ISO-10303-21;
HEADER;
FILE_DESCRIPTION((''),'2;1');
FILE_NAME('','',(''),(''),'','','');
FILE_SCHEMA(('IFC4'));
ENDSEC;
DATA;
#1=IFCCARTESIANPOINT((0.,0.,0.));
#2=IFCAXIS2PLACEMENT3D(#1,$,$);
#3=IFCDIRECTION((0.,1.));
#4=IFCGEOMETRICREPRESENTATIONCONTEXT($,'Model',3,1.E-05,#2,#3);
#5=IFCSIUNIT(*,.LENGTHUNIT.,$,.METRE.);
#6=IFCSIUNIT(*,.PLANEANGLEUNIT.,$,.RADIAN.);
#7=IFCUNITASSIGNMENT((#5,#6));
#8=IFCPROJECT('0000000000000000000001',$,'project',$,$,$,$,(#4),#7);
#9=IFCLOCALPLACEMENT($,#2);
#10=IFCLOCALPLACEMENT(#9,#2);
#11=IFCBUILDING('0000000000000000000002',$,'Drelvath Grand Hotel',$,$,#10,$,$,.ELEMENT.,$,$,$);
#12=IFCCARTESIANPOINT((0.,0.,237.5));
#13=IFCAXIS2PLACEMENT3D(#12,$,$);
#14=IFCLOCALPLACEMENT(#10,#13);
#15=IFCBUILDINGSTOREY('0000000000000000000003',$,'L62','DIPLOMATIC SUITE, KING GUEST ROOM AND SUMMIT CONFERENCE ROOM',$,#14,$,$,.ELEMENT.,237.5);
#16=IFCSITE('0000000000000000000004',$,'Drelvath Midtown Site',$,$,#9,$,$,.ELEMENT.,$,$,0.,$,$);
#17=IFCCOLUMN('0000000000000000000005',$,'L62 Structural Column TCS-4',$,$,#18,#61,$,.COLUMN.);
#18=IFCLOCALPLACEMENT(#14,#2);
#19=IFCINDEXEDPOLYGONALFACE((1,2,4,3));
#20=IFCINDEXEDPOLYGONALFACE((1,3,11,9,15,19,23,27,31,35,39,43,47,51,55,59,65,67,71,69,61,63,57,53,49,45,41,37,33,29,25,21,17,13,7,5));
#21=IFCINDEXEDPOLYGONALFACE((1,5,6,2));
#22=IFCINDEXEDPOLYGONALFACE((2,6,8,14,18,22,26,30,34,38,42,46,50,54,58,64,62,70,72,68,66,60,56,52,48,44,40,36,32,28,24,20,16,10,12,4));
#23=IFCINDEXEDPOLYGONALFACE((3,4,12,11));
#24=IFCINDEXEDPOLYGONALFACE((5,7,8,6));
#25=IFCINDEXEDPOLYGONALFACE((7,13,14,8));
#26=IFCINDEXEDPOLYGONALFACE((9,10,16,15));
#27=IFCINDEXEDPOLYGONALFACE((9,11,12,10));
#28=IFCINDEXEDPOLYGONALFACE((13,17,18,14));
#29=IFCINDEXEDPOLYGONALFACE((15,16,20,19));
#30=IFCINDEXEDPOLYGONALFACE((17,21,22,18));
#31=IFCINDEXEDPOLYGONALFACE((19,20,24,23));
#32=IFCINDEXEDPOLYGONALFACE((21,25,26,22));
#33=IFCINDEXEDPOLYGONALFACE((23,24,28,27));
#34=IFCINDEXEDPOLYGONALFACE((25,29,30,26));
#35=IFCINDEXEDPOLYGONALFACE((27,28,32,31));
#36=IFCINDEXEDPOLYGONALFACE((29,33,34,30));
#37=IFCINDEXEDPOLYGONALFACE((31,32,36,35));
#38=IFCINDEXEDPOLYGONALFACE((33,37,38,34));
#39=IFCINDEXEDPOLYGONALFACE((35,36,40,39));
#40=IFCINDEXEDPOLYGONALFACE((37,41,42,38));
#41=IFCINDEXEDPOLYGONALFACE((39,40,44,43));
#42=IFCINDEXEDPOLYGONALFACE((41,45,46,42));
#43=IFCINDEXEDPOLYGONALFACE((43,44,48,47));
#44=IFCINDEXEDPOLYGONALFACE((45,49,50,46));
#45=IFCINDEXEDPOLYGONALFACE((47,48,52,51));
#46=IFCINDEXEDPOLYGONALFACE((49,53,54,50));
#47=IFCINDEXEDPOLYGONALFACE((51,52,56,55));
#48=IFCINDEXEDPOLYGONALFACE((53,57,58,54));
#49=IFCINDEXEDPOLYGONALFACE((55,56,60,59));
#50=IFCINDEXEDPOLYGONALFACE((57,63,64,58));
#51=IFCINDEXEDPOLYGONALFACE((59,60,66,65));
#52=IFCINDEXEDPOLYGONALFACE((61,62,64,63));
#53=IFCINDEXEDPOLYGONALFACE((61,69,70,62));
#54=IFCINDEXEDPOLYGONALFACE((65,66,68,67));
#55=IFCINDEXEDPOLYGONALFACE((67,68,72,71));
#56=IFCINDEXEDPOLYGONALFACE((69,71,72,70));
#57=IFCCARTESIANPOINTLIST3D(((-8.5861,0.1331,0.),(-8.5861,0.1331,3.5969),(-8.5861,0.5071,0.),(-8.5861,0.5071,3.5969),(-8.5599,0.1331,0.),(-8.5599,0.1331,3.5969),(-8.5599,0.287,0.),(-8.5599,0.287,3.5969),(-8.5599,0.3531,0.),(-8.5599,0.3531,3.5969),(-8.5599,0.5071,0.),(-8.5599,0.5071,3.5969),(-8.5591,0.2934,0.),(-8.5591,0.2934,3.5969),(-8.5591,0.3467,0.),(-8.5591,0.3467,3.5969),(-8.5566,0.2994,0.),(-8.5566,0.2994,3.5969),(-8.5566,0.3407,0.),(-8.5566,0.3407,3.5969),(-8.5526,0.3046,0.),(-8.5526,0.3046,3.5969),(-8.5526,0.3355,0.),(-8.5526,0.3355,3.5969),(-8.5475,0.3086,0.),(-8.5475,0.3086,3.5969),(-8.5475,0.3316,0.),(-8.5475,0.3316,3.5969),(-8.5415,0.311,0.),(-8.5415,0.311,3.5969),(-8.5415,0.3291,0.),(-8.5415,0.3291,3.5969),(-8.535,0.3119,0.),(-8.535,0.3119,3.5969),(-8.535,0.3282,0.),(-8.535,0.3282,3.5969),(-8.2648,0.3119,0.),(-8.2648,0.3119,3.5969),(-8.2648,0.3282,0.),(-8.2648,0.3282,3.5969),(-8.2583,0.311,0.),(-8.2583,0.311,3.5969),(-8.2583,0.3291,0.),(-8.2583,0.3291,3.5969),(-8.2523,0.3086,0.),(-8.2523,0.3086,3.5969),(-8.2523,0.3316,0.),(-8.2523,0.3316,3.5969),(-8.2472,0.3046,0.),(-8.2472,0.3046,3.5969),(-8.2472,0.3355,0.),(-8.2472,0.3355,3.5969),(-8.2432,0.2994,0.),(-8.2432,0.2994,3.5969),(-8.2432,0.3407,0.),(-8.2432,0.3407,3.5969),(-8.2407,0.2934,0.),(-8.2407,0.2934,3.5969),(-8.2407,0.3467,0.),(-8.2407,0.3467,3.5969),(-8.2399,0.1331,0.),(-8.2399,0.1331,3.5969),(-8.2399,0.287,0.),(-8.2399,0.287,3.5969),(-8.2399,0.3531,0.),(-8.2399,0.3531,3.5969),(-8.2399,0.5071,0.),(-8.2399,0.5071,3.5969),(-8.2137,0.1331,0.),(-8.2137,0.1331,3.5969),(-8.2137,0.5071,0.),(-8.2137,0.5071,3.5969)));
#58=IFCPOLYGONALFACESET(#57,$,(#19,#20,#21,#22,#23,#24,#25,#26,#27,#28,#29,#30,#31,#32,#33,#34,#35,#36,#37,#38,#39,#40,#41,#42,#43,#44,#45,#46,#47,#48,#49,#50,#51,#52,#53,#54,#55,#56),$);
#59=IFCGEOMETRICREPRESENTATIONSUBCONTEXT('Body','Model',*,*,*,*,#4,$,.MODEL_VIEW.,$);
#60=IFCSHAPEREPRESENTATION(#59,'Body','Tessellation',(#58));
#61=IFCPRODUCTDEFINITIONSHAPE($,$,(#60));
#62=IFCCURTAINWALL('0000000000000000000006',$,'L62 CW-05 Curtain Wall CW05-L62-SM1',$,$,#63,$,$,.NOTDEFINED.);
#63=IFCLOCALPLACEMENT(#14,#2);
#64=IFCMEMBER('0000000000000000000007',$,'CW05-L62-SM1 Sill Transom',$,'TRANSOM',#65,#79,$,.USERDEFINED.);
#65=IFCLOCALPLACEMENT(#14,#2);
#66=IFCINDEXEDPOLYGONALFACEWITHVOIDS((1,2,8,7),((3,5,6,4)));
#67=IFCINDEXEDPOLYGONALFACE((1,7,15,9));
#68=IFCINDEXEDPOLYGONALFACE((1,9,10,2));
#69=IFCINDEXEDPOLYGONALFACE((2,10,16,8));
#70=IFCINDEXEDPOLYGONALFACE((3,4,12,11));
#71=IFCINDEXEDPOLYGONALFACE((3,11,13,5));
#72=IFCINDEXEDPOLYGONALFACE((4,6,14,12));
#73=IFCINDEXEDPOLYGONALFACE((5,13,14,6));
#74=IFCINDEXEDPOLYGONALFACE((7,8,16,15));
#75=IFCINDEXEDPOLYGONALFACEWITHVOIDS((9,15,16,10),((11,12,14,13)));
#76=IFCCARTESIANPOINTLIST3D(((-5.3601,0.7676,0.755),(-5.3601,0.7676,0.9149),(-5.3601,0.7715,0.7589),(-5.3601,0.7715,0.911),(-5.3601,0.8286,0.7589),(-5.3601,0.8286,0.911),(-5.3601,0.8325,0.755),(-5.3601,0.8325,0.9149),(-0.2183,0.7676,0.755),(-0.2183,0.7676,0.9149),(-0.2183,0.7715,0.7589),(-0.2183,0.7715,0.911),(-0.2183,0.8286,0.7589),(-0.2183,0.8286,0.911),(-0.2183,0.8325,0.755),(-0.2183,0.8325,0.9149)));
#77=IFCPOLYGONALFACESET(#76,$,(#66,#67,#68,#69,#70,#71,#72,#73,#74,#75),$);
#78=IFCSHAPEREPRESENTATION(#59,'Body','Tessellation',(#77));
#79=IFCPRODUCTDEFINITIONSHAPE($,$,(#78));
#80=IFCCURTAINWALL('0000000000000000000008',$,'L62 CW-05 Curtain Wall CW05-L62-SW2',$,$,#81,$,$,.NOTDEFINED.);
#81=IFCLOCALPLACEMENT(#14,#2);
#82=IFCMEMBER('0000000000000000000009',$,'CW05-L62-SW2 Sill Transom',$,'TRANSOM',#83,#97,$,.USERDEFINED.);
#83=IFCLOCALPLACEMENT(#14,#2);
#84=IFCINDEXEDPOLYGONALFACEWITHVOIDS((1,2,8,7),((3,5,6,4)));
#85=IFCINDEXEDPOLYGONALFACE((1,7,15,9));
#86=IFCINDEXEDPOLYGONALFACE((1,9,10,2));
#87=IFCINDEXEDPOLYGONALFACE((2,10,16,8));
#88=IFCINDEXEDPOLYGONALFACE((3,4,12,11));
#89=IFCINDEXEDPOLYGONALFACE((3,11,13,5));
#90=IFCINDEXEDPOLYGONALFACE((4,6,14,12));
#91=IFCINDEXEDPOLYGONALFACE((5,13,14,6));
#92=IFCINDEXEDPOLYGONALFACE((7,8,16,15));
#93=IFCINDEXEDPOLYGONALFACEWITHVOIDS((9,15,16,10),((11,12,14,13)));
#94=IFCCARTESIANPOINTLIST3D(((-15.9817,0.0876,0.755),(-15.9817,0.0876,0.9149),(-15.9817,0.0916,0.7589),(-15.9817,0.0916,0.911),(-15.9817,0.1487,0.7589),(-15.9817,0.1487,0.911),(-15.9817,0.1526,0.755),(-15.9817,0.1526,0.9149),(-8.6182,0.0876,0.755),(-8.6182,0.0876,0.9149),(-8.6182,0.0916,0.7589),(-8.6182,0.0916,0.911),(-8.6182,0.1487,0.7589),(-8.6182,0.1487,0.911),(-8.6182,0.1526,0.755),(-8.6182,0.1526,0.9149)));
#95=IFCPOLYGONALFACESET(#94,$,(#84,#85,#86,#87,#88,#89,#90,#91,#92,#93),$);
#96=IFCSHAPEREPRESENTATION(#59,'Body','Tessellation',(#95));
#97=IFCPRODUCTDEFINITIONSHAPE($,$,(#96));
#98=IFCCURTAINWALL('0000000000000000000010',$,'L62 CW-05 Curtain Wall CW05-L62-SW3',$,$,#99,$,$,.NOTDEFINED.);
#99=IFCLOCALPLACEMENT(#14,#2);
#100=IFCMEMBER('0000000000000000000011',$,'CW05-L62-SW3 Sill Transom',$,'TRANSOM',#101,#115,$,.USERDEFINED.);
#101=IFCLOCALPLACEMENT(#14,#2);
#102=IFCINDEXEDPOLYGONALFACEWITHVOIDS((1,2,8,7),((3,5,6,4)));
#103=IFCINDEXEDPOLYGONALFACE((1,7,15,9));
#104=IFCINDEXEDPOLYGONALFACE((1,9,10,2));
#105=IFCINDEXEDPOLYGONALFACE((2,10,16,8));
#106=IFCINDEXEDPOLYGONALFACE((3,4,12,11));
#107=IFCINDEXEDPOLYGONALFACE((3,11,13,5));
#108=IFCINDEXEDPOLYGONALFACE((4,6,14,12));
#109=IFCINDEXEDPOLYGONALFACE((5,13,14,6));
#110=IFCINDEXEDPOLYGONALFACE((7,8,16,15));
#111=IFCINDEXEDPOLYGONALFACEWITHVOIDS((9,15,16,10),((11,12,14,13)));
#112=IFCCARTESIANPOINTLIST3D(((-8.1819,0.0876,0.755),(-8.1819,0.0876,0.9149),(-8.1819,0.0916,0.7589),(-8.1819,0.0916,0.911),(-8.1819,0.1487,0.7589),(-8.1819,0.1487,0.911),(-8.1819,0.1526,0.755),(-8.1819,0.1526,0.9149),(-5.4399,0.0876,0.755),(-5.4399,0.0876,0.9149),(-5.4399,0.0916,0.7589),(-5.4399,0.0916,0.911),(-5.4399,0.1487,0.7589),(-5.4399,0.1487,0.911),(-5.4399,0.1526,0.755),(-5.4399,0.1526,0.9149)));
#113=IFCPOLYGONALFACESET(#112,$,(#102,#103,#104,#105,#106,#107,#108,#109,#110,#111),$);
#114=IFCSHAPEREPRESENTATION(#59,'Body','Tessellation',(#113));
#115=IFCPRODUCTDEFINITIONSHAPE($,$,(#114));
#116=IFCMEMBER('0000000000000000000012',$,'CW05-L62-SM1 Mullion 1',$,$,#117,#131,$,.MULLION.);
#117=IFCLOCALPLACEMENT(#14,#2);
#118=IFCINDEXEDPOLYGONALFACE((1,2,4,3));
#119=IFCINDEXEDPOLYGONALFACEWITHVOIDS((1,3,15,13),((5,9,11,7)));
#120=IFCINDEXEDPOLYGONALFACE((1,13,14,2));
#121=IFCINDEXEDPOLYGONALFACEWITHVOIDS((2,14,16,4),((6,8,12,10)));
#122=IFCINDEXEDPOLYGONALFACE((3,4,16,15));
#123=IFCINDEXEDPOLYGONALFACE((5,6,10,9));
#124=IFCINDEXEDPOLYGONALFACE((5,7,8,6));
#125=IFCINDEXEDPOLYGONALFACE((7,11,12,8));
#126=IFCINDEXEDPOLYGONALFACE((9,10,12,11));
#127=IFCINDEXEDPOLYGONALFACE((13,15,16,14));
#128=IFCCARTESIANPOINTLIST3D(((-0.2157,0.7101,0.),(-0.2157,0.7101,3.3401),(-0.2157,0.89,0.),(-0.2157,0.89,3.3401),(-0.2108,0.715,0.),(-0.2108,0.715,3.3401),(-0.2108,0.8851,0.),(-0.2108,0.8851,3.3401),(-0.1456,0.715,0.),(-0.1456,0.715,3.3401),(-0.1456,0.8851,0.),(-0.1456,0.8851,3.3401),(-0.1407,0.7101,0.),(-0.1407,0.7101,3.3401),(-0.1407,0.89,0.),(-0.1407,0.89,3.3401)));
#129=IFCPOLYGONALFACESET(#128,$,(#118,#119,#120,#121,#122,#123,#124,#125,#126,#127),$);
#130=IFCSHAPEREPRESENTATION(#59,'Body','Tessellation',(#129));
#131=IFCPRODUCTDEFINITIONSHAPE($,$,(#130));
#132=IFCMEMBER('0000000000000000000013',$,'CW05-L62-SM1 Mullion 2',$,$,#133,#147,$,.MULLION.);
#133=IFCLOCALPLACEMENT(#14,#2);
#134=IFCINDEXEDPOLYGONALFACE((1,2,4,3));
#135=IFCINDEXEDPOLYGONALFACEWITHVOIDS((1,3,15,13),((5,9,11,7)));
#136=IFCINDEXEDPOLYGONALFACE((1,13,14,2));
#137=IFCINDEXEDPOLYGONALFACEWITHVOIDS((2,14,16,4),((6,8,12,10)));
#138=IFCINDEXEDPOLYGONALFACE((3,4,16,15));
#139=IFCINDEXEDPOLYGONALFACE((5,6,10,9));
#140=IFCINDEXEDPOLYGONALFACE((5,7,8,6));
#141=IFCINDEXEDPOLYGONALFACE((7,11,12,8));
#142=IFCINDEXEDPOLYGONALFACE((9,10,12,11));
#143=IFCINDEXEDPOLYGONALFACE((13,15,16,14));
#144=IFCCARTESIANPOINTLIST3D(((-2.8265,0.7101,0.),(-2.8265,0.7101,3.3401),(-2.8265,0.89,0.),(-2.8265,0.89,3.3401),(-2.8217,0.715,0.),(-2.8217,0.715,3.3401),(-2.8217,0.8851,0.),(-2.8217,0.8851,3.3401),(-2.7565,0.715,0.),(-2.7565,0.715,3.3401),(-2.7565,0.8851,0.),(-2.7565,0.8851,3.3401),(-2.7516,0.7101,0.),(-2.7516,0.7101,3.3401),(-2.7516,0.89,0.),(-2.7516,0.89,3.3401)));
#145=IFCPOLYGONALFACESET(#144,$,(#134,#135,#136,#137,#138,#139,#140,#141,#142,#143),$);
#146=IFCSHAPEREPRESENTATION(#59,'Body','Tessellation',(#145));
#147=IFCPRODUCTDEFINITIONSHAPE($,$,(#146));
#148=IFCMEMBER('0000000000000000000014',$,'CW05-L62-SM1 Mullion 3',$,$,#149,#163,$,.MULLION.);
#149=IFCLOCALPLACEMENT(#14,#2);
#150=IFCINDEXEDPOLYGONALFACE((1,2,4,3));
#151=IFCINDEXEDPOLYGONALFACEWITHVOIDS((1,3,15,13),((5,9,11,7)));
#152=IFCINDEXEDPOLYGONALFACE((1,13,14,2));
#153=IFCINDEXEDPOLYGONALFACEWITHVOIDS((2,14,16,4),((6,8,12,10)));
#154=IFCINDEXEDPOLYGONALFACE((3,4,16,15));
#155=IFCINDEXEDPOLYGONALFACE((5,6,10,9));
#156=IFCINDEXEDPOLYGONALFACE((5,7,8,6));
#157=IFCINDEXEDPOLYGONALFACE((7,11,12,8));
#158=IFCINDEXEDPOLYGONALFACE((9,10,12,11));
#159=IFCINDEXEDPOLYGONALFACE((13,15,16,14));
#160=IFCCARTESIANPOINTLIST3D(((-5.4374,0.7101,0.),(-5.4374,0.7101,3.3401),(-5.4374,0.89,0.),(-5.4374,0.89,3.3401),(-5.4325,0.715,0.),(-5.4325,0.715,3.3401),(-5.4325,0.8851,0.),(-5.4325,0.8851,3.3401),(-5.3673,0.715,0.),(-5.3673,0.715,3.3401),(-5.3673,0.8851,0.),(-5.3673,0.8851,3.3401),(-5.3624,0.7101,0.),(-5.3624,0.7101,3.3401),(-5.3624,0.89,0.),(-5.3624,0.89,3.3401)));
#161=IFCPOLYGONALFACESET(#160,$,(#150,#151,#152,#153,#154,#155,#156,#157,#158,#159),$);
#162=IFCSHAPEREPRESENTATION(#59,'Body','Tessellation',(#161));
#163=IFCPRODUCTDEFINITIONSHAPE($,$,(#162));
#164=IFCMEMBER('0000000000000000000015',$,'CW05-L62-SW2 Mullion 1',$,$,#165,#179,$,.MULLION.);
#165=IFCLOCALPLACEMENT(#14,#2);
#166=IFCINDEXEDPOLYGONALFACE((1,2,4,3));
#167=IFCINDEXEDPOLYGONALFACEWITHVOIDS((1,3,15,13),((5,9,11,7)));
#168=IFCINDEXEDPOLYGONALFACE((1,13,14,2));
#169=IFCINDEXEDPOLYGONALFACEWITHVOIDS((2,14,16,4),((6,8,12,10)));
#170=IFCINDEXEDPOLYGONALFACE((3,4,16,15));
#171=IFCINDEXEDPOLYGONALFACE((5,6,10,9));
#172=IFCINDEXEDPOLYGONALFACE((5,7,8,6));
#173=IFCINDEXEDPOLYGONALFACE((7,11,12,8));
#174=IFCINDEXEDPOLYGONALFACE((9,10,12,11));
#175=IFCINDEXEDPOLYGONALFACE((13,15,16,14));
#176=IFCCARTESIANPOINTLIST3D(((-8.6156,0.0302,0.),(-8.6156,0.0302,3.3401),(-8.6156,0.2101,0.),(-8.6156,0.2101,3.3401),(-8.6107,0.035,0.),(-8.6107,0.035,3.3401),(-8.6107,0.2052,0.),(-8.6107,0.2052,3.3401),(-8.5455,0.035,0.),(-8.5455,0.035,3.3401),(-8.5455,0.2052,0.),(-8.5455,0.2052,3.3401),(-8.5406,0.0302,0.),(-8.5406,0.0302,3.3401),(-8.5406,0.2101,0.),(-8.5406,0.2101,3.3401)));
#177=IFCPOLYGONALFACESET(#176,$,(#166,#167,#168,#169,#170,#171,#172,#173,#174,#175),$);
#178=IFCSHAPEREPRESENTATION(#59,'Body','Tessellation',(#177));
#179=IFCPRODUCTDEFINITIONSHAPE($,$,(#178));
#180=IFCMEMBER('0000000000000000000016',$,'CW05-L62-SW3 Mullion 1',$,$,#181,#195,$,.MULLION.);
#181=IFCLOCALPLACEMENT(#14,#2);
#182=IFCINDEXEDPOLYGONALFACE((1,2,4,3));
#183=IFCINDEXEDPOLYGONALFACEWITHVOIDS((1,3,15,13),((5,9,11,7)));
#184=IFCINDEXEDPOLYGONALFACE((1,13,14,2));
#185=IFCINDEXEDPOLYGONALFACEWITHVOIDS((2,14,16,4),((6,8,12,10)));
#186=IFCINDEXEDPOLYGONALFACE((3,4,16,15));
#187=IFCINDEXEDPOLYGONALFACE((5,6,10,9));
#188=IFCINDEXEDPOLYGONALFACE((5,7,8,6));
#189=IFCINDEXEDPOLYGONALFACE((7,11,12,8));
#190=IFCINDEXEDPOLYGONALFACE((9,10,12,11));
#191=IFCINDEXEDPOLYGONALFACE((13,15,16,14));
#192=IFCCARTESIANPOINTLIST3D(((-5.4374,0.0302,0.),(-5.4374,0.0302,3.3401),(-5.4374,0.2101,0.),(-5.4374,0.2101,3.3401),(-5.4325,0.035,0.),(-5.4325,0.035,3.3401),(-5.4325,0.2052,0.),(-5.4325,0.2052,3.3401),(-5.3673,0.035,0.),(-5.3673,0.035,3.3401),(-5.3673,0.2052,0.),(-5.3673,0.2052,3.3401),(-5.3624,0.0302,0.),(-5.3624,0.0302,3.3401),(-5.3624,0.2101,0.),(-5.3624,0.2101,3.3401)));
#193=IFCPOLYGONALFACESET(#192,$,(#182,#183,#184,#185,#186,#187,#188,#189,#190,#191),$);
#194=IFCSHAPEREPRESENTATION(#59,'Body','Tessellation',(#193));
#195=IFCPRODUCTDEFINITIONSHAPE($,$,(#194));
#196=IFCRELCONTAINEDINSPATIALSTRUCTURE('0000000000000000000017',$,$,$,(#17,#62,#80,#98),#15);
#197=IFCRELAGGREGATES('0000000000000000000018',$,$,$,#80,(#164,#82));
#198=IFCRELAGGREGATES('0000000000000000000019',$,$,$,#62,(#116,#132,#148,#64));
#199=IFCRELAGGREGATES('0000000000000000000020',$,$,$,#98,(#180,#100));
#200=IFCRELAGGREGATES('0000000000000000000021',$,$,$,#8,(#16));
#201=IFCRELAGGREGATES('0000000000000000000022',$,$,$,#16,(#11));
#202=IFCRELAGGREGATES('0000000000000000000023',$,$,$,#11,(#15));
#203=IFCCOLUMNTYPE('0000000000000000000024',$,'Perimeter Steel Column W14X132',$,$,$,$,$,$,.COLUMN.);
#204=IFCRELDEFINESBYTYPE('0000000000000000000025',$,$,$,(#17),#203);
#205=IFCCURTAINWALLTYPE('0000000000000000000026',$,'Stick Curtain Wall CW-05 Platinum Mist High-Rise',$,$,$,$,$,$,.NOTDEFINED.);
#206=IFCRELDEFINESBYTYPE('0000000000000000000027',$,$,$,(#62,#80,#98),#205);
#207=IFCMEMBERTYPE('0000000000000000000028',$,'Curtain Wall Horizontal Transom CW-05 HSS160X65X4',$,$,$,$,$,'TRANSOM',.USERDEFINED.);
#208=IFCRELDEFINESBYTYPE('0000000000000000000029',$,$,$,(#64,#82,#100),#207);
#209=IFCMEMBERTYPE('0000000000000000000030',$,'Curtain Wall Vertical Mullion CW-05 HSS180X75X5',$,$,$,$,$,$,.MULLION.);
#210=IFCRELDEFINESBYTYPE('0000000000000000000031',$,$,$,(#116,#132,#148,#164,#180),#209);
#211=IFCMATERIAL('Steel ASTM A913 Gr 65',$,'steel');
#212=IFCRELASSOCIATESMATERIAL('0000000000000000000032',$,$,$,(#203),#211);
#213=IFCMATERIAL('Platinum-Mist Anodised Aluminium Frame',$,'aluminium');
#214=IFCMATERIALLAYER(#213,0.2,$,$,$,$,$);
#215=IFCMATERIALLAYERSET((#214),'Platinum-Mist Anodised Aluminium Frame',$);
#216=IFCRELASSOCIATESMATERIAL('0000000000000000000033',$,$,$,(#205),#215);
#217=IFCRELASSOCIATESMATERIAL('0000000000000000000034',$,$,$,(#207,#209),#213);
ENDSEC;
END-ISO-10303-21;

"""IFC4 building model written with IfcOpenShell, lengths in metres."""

from ifc_helpers import new_model, si_unit, direction, frame, origin, origin_2d, place, context, subcontext, project, spatial, hollow_rectangle, i_section, extrude, material, layer, layer_set, material_profile, profile_set, type_object, element, aggregate, save


model = new_model("IFC4")

# Units and contexts
model_context = context("Model", 3, precision=1e-05, world=origin(), true_north=direction((0.0, 1.0)))
body_context = subcontext(model_context, "Body", "Model", "MODEL_VIEW")
ifc_project = project(units=[si_unit("LENGTHUNIT", "METRE"), si_unit("PLANEANGLEUNIT", "RADIAN")], contexts=[model_context])

# Site, building, storey
site_placement = place(None, origin())
site = spatial("IfcSite", under=ifc_project, at=site_placement, Name="Drelvath Midtown Site", CompositionType="ELEMENT", RefElevation=0.0)
building_placement = place(site_placement, origin())
building = spatial("IfcBuilding", under=site, at=building_placement, Name="Drelvath Grand Hotel", CompositionType="ELEMENT")
storey_placement = place(building_placement, frame((0.0, 0.0, 237.5)))
storey = spatial("IfcBuildingStorey", under=building, at=storey_placement, Name="L62", Description="DIPLOMATIC SUITE, KING GUEST ROOM AND SUMMIT CONFERENCE ROOM", CompositionType="ELEMENT", Elevation=237.5)

# Column
ifc_material_1 = material(Name="Steel ASTM A913 Gr 65", Category="steel")
ifc_material_profile_1 = material_profile(ifc_material_1, i_section(OverallWidth=0.374, OverallDepth=0.3723, WebThickness=0.0164, FlangeThickness=0.0261, FilletRadius=0.0249, at=origin_2d()), Name="W14X132")
ifc_profile_set_1 = profile_set([ifc_material_profile_1], Name="Steel ASTM A913 Gr 65")
column_type = type_object("IfcColumnType", Name="Perimeter Steel Column W14X132", PredefinedType="COLUMN", material=ifc_profile_set_1)
column_placement = place(storey_placement, frame((-8.3999, 0.3201, 0.0), z_axis=(0.0, 0.0, 1.0), x_axis=(0.0, 1.0, 0.0)))
element("IfcColumn", 1, at=column_placement, inside=storey, type_object=column_type, Name="L62 Structural Column TCS-4", PredefinedType="COLUMN", context=body_context, shape_type="SweptSolid", body=[
    extrude(i_section(OverallWidth=0.374, OverallDepth=0.3723, WebThickness=0.0164, FlangeThickness=0.0261, FilletRadius=0.0249, at=origin_2d()), origin(), (0.0, 0.0, 1.0), 3.5969),
])

# Curtain walls, members
ifc_material_2 = material(Name="Platinum-Mist Anodised Aluminium Frame", Category="aluminium")
ifc_layer_1 = layer(ifc_material_2, 0.2)
ifc_layer_set_1 = layer_set([ifc_layer_1], Name="Platinum-Mist Anodised Aluminium Frame")
curtain_wall_type = type_object("IfcCurtainWallType", Name="Stick Curtain Wall CW-05 Platinum Mist High-Rise", PredefinedType="NOTDEFINED", material=ifc_layer_set_1)
curtain_wall_1_placement = place(storey_placement, origin())
curtain_wall_1 = element("IfcCurtainWall", 2, at=curtain_wall_1_placement, inside=storey, type_object=curtain_wall_type, Name="L62 CW-05 Curtain Wall CW05-L62-SM1", PredefinedType="NOTDEFINED")
ifc_material_profile_2 = material_profile(ifc_material_2, hollow_rectangle(XDim=0.0649, YDim=0.1599, WallThickness=0.0039, at=origin_2d()), Name="HSS160X65X4")
ifc_profile_set_2 = profile_set([ifc_material_profile_2], Name="Platinum-Mist Anodised Aluminium Frame")
member_type_1 = type_object("IfcMemberType", Name="Curtain Wall Horizontal Transom CW-05 HSS160X65X4", ElementType="TRANSOM", PredefinedType="USERDEFINED", material=ifc_profile_set_2)
member_1_placement = place(storey_placement, frame((-0.2183, 0.8, 0.835), z_axis=(-1.0, 0.0, 0.0), x_axis=(0.0, -1.0, 0.0)))
member_1 = element("IfcMember", 3, at=member_1_placement, type_object=member_type_1, Name="CW05-L62-SM1 Sill Transom", ObjectType="TRANSOM", PredefinedType="USERDEFINED", context=body_context, shape_type="SweptSolid", body=[
    extrude(hollow_rectangle(XDim=0.0649, YDim=0.1599, WallThickness=0.0039, at=origin_2d()), origin(), (0.0, 0.0, 1.0), 5.1418),
])
curtain_wall_2_placement = place(storey_placement, origin())
curtain_wall_2 = element("IfcCurtainWall", 4, at=curtain_wall_2_placement, inside=storey, type_object=curtain_wall_type, Name="L62 CW-05 Curtain Wall CW05-L62-SW2", PredefinedType="NOTDEFINED")
member_2_placement = place(storey_placement, frame((-8.6182, 0.1201, 0.835), z_axis=(-1.0, 0.0, 0.0), x_axis=(0.0, -1.0, 0.0)))
member_2 = element("IfcMember", 5, at=member_2_placement, type_object=member_type_1, Name="CW05-L62-SW2 Sill Transom", ObjectType="TRANSOM", PredefinedType="USERDEFINED", context=body_context, shape_type="SweptSolid", body=[
    extrude(hollow_rectangle(XDim=0.0649, YDim=0.1599, WallThickness=0.0039, at=origin_2d()), origin(), (0.0, 0.0, 1.0), 7.3635),
])
curtain_wall_3_placement = place(storey_placement, origin())
curtain_wall_3 = element("IfcCurtainWall", 6, at=curtain_wall_3_placement, inside=storey, type_object=curtain_wall_type, Name="L62 CW-05 Curtain Wall CW05-L62-SW3", PredefinedType="NOTDEFINED")
member_3_placement = place(storey_placement, frame((-5.4399, 0.1201, 0.835), z_axis=(-1.0, 0.0, 0.0), x_axis=(0.0, -1.0, 0.0)))
member_3 = element("IfcMember", 7, at=member_3_placement, type_object=member_type_1, Name="CW05-L62-SW3 Sill Transom", ObjectType="TRANSOM", PredefinedType="USERDEFINED", context=body_context, shape_type="SweptSolid", body=[
    extrude(hollow_rectangle(XDim=0.0649, YDim=0.1599, WallThickness=0.0039, at=origin_2d()), origin(), (0.0, 0.0, 1.0), 2.7419),
])

# Members
ifc_material_profile_3 = material_profile(ifc_material_2, hollow_rectangle(XDim=0.075, YDim=0.1799, WallThickness=0.0049, at=origin_2d()), Name="HSS180X75X5")
ifc_profile_set_3 = profile_set([ifc_material_profile_3], Name="Platinum-Mist Anodised Aluminium Frame")
member_type_2 = type_object("IfcMemberType", Name="Curtain Wall Vertical Mullion CW-05 HSS180X75X5", PredefinedType="MULLION", material=ifc_profile_set_3)
member_4_placement = place(storey_placement, frame((-0.1782, 0.8, 0.0), z_axis=(0.0, 0.0, 1.0), x_axis=(1.0, 0.0, 0.0)))
member_4 = element("IfcMember", 8, at=member_4_placement, type_object=member_type_2, Name="CW05-L62-SM1 Mullion 1", PredefinedType="MULLION", context=body_context, shape_type="SweptSolid", body=[
    extrude(hollow_rectangle(XDim=0.075, YDim=0.1799, WallThickness=0.0049, at=origin_2d()), origin(), (0.0, 0.0, 1.0), 3.3401),
])
member_5_placement = place(storey_placement, frame((-2.7891, 0.8, 0.0), z_axis=(0.0, 0.0, 1.0), x_axis=(1.0, 0.0, 0.0)))
member_5 = element("IfcMember", 9, at=member_5_placement, type_object=member_type_2, Name="CW05-L62-SM1 Mullion 2", PredefinedType="MULLION", context=body_context, shape_type="SweptSolid", body=[
    extrude(hollow_rectangle(XDim=0.075, YDim=0.1799, WallThickness=0.0049, at=origin_2d()), origin(), (0.0, 0.0, 1.0), 3.3401),
])
member_6_placement = place(storey_placement, frame((-5.3999, 0.8, 0.0), z_axis=(0.0, 0.0, 1.0), x_axis=(1.0, 0.0, 0.0)))
member_6 = element("IfcMember", 10, at=member_6_placement, type_object=member_type_2, Name="CW05-L62-SM1 Mullion 3", PredefinedType="MULLION", context=body_context, shape_type="SweptSolid", body=[
    extrude(hollow_rectangle(XDim=0.075, YDim=0.1799, WallThickness=0.0049, at=origin_2d()), origin(), (0.0, 0.0, 1.0), 3.3401),
])
member_7_placement = place(storey_placement, frame((-8.5781, 0.1201, 0.0), z_axis=(0.0, 0.0, 1.0), x_axis=(1.0, 0.0, 0.0)))
member_7 = element("IfcMember", 11, at=member_7_placement, type_object=member_type_2, Name="CW05-L62-SW2 Mullion 1", PredefinedType="MULLION", context=body_context, shape_type="SweptSolid", body=[
    extrude(hollow_rectangle(XDim=0.075, YDim=0.1799, WallThickness=0.0049, at=origin_2d()), origin(), (0.0, 0.0, 1.0), 3.3401),
])
aggregate(curtain_wall_2, [member_7, member_2])
member_8_placement = place(storey_placement, frame((-5.3999, 0.1201, 0.0), z_axis=(0.0, 0.0, 1.0), x_axis=(1.0, 0.0, 0.0)))
member_8 = element("IfcMember", 12, at=member_8_placement, type_object=member_type_2, Name="CW05-L62-SW3 Mullion 1", PredefinedType="MULLION", context=body_context, shape_type="SweptSolid", body=[
    extrude(hollow_rectangle(XDim=0.075, YDim=0.1799, WallThickness=0.0049, at=origin_2d()), origin(), (0.0, 0.0, 1.0), 3.3401),
])

aggregate(curtain_wall_1, [member_4, member_5, member_6, member_1])
aggregate(curtain_wall_3, [member_8, member_3])

save(model, "model.ifc")
